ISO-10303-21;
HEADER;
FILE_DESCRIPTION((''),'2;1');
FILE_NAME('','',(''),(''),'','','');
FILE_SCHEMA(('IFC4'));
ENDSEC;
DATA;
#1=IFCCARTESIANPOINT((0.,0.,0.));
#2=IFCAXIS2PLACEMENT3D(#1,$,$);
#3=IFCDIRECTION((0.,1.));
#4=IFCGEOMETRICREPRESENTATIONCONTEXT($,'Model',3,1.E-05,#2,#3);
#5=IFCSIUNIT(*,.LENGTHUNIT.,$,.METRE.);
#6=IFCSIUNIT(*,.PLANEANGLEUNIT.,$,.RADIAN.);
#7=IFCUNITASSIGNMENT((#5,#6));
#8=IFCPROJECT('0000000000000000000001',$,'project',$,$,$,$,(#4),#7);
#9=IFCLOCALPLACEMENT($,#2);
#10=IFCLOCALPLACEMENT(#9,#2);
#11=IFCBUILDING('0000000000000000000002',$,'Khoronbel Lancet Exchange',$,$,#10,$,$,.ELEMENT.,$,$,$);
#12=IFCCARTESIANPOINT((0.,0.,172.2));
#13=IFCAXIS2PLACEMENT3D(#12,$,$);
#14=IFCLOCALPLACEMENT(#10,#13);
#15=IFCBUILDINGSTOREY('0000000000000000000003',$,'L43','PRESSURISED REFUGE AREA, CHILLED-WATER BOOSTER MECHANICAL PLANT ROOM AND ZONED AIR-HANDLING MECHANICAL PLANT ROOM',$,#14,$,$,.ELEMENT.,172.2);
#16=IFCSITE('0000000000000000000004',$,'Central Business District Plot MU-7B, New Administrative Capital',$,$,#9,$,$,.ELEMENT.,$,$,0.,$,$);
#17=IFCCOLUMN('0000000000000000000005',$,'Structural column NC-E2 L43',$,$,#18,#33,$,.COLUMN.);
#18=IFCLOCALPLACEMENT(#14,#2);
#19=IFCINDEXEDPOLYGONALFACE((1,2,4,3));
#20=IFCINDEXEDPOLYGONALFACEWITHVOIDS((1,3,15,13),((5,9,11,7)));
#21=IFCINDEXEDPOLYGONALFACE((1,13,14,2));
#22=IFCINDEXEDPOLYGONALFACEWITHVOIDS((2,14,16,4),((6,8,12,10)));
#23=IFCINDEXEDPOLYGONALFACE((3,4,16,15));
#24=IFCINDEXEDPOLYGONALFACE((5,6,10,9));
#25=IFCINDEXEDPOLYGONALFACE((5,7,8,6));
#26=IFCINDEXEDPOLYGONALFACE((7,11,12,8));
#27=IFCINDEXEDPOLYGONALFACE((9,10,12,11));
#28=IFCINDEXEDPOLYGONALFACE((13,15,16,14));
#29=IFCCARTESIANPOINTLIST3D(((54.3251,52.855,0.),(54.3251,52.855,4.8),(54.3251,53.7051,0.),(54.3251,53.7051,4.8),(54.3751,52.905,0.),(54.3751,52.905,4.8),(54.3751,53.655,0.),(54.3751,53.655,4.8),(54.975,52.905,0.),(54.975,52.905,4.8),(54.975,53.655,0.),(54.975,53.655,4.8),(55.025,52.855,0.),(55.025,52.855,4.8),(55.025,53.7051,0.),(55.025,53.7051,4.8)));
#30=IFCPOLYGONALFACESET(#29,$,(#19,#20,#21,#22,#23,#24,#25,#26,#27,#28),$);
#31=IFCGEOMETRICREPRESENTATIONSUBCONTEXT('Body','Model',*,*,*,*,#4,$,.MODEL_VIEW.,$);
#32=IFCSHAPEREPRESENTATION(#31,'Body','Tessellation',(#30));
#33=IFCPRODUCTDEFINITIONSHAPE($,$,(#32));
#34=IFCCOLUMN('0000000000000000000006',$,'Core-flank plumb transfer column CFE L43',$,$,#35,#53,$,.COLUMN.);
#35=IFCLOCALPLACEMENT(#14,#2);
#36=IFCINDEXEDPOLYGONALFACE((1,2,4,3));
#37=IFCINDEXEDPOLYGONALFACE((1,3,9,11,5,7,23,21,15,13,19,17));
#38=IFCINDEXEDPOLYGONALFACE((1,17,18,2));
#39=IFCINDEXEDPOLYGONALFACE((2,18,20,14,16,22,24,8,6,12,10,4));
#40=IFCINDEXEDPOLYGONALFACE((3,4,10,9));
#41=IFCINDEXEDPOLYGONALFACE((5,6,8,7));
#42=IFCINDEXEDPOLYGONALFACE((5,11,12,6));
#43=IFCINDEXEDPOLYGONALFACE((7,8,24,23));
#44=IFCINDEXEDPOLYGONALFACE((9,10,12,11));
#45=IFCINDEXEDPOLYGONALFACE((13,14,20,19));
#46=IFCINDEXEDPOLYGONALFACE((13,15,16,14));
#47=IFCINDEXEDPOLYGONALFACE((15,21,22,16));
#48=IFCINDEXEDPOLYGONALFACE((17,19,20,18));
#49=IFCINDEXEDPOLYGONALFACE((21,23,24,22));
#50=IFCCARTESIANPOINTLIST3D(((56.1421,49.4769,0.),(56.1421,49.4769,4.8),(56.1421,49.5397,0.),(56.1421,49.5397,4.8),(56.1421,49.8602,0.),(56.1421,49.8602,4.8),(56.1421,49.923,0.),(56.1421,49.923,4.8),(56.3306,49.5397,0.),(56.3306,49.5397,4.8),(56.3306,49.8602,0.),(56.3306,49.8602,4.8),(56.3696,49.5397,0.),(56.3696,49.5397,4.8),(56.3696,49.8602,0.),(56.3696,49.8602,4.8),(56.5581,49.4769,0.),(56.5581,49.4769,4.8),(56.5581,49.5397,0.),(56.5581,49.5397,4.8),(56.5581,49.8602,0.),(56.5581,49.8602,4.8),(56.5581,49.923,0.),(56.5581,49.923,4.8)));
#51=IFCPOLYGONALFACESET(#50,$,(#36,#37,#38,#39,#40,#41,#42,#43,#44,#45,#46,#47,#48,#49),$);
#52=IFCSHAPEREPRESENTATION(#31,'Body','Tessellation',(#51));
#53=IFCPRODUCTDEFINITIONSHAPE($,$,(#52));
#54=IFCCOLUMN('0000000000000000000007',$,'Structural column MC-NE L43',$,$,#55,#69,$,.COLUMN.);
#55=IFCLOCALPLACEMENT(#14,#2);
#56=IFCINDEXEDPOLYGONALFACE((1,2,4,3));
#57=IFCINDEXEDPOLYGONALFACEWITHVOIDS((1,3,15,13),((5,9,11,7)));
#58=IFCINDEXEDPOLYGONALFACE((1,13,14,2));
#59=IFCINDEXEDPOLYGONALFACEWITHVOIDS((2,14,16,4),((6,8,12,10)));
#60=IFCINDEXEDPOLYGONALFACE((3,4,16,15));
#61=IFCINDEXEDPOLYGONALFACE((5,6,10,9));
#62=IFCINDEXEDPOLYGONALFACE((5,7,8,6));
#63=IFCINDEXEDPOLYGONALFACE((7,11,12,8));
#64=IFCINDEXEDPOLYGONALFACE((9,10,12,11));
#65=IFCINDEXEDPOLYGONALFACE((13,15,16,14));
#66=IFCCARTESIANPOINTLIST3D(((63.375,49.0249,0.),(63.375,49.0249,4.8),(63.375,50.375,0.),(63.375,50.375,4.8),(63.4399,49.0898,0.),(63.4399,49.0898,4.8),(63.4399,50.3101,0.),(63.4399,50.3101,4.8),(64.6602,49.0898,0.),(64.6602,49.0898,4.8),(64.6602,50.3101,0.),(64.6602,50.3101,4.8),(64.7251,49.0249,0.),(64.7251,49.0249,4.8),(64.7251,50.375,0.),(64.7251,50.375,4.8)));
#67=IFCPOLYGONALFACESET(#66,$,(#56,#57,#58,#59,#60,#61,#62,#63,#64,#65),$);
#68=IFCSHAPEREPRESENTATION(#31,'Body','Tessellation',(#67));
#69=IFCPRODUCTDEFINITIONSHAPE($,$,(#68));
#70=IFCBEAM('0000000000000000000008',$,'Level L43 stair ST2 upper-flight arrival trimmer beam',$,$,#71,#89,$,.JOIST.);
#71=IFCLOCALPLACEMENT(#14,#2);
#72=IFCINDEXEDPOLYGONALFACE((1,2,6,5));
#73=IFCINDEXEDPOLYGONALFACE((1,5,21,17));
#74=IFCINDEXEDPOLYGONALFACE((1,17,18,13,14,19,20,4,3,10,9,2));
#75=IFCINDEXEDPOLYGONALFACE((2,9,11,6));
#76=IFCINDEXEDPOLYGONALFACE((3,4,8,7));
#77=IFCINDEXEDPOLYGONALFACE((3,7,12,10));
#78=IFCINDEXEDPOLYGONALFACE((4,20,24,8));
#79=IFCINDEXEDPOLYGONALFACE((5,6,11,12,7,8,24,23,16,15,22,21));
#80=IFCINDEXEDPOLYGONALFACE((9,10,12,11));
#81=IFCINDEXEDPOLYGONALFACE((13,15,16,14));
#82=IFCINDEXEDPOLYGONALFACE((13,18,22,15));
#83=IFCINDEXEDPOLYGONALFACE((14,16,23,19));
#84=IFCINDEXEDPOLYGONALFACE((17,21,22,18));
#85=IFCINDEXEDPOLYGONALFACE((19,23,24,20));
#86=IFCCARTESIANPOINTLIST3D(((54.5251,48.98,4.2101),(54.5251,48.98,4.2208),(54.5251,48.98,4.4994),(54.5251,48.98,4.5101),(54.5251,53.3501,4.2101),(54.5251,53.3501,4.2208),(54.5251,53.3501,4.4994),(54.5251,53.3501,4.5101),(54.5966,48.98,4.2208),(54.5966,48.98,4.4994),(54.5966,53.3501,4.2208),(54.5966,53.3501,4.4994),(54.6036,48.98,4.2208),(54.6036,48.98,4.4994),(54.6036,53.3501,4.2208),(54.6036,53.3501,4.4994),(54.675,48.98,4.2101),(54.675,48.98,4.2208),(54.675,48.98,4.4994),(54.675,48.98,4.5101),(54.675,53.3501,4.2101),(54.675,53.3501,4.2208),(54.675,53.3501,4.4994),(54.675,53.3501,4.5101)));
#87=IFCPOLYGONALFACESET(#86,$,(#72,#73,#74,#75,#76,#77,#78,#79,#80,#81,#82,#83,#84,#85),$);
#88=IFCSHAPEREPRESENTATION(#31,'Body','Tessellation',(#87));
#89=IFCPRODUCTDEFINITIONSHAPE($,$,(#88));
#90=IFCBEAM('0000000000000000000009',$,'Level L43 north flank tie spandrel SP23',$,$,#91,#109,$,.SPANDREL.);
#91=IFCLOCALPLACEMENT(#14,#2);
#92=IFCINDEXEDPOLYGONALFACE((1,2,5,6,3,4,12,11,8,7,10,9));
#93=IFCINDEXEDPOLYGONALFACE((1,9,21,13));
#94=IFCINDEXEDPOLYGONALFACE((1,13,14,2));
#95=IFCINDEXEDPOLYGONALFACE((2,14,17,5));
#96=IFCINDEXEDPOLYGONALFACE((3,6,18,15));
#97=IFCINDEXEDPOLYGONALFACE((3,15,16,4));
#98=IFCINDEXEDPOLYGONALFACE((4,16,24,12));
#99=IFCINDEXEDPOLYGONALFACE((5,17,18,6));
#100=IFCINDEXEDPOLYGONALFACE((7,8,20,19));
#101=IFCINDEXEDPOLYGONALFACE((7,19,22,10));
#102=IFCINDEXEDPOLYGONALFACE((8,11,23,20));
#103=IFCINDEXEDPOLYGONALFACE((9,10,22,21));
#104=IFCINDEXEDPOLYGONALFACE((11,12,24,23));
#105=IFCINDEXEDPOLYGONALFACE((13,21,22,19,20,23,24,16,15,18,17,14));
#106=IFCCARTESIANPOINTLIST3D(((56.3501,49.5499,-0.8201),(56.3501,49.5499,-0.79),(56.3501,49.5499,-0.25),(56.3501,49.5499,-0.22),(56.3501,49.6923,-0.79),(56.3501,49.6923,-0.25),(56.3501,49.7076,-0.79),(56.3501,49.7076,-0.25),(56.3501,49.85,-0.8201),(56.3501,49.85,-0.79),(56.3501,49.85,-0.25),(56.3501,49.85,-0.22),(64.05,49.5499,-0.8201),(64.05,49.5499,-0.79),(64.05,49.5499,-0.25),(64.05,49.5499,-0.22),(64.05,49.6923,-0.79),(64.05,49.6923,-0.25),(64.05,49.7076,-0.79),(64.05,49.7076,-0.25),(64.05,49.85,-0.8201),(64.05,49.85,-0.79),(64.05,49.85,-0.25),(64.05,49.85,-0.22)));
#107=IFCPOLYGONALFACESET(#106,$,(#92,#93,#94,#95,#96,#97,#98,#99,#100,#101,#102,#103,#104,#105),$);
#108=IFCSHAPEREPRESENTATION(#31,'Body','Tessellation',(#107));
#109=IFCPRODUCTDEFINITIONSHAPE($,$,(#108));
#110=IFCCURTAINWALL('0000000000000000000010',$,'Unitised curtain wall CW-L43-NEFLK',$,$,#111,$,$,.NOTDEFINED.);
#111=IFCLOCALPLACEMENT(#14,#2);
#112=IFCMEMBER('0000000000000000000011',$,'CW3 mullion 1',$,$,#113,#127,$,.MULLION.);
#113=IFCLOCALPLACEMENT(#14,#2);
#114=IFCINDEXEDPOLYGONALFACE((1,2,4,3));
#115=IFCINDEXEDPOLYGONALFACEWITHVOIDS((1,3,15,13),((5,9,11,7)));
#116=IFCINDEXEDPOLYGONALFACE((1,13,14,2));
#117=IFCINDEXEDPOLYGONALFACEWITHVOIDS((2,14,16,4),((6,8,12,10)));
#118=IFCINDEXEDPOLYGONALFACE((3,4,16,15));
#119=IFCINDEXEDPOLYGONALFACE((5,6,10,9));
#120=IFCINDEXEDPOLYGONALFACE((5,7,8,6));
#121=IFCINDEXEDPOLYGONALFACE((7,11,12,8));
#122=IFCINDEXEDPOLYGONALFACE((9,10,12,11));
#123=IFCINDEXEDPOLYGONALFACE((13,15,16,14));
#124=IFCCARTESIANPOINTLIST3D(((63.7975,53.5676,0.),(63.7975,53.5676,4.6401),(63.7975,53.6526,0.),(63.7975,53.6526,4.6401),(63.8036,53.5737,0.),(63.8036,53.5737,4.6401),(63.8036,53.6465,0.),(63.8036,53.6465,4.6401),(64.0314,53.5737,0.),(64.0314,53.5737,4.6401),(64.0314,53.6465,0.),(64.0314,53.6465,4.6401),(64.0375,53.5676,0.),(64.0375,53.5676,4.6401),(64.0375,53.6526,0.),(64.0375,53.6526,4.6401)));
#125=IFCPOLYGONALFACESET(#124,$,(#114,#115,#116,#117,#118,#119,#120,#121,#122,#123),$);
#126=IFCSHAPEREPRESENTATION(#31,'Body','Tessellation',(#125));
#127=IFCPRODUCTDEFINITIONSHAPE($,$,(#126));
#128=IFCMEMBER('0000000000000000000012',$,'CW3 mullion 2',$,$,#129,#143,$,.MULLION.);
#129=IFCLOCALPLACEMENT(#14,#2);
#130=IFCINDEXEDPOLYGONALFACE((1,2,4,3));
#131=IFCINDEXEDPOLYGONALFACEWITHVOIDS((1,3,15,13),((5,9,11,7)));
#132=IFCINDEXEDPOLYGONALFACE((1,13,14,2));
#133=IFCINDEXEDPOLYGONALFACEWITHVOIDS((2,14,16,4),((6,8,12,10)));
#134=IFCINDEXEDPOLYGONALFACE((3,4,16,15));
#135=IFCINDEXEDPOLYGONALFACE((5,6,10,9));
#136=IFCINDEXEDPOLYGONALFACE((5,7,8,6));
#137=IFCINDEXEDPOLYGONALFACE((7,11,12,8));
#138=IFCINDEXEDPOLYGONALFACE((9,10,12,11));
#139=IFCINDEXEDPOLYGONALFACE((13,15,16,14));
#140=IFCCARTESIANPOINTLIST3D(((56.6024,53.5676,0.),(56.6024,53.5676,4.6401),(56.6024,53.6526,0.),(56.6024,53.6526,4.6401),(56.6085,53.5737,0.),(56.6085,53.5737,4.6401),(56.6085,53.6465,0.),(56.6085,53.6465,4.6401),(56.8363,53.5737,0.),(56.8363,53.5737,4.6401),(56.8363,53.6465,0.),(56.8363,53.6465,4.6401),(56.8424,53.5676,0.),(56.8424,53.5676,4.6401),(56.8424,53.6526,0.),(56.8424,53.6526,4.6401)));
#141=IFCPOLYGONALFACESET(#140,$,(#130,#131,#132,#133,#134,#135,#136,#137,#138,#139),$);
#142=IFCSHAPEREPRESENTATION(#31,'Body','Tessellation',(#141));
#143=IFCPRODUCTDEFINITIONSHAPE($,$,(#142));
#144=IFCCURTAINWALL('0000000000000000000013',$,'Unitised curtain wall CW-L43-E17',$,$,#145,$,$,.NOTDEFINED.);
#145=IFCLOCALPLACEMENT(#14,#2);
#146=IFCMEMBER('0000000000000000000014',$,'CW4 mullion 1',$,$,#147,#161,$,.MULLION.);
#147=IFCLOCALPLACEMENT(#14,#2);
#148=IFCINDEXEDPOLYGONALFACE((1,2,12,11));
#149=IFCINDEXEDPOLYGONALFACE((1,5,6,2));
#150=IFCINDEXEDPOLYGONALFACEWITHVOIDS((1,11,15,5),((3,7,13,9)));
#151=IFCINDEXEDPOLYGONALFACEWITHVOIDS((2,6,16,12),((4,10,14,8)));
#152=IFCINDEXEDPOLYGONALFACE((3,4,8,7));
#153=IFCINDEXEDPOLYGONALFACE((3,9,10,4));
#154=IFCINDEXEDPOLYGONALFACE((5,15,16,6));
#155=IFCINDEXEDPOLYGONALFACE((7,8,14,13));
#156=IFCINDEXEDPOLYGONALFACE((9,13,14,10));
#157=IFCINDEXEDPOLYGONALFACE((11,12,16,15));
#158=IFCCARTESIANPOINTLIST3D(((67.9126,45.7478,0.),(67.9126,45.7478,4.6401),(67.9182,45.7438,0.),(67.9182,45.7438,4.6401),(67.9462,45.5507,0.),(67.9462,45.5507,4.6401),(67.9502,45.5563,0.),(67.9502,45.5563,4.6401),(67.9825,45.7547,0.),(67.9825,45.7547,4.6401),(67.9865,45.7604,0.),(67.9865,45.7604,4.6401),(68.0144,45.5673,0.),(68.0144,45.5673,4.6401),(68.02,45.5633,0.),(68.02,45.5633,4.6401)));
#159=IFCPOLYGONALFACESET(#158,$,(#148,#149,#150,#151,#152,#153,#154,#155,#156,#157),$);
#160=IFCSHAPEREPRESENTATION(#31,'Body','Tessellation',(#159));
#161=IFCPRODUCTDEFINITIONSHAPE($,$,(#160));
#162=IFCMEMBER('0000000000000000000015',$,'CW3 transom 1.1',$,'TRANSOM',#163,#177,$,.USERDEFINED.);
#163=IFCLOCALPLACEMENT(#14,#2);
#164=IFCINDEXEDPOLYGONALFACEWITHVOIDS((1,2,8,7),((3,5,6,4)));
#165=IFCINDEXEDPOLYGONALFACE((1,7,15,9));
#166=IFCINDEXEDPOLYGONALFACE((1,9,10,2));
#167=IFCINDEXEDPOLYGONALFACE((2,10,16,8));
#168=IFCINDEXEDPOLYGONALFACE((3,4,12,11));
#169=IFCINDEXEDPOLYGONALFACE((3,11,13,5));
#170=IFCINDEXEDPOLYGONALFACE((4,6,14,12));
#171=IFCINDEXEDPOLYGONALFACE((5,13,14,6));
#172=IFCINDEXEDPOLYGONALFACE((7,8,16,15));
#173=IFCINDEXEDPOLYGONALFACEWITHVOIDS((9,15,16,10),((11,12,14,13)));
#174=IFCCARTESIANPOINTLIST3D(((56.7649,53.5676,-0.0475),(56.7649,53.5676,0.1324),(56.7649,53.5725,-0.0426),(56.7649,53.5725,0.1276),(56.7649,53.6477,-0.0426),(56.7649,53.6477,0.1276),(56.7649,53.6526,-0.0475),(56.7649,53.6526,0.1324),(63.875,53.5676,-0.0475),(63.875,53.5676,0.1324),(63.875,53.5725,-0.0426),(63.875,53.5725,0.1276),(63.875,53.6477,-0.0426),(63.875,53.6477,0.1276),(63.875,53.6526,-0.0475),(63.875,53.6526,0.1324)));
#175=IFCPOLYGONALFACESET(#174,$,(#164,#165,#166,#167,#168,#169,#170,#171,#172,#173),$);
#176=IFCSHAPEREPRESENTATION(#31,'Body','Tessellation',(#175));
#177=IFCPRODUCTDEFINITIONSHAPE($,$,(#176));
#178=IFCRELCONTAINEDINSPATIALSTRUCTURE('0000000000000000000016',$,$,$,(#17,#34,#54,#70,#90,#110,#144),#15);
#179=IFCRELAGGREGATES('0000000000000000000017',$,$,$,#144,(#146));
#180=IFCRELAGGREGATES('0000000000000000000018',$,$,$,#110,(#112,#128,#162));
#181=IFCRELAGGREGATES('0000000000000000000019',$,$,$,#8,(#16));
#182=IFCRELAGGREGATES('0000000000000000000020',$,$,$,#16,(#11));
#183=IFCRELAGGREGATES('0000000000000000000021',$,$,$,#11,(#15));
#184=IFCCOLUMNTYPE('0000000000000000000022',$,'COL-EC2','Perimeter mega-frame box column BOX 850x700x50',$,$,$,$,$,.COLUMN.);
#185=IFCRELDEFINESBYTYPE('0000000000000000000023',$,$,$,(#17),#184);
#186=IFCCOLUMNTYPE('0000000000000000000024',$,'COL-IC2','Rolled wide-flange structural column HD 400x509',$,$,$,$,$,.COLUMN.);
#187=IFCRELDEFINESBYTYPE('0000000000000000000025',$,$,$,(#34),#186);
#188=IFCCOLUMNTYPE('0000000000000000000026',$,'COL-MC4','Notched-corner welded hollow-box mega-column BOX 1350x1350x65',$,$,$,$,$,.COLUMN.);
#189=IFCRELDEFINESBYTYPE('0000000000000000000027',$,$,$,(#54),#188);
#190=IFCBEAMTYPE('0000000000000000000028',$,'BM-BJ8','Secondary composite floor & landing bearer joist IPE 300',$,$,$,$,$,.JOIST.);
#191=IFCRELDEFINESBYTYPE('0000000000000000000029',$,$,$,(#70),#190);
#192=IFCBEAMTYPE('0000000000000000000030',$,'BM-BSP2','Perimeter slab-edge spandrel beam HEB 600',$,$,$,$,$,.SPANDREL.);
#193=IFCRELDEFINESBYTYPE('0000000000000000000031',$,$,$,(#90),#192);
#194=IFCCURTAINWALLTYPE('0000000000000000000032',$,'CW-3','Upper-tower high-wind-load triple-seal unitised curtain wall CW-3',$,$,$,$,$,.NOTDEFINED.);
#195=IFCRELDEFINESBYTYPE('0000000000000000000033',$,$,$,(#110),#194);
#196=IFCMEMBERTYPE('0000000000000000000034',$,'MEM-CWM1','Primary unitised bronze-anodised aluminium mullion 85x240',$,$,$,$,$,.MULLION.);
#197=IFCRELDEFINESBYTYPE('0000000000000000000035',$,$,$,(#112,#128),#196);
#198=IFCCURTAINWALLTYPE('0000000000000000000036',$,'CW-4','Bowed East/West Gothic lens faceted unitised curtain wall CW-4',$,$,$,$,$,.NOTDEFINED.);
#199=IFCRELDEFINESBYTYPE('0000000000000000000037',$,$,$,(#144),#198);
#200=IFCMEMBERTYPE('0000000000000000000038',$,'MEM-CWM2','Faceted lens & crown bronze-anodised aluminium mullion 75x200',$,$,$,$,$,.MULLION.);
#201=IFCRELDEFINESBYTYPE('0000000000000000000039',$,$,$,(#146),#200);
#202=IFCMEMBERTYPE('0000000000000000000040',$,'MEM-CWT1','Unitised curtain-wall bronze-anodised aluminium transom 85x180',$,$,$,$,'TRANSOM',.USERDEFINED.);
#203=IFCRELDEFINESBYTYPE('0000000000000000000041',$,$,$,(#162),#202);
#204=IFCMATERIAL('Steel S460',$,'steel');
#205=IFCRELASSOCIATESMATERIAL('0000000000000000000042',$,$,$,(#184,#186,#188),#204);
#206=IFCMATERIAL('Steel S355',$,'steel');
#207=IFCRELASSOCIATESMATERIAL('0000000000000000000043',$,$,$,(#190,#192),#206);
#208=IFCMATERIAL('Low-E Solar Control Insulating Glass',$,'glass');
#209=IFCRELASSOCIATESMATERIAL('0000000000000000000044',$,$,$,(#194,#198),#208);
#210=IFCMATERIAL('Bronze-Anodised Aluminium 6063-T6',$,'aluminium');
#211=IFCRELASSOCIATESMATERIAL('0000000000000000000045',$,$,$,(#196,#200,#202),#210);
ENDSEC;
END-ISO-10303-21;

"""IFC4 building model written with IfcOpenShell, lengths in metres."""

from ifc_helpers import new_model, si_unit, direction, frame, origin, origin_2d, place, context, subcontext, project, spatial, hollow_rectangle, i_section, extrude, material, material_profile, profile_set, type_object, element, aggregate, save


model = new_model("IFC4")

# Units and contexts
model_context = context("Model", 3, precision=1e-05, world=origin(), true_north=direction((0.0, 1.0)))
body_context = subcontext(model_context, "Body", "Model", "MODEL_VIEW")
ifc_project = project(units=[si_unit("LENGTHUNIT", "METRE"), si_unit("PLANEANGLEUNIT", "RADIAN")], contexts=[model_context])

# Site, building, storey
site_placement = place(None, origin())
site = spatial("IfcSite", under=ifc_project, at=site_placement, Name="Central Business District Plot MU-7B, New Administrative Capital", CompositionType="ELEMENT", RefElevation=0.0)
building_placement = place(site_placement, origin())
building = spatial("IfcBuilding", under=site, at=building_placement, Name="Khoronbel Lancet Exchange", CompositionType="ELEMENT")
storey_placement = place(building_placement, frame((0.0, 0.0, 172.2)))
storey = spatial("IfcBuildingStorey", under=building, at=storey_placement, Name="L43", Description="PRESSURISED REFUGE AREA, CHILLED-WATER BOOSTER MECHANICAL PLANT ROOM AND ZONED AIR-HANDLING MECHANICAL PLANT ROOM", CompositionType="ELEMENT", Elevation=172.2)

# Columns
ifc_material_1 = material(Name="Steel S460", Category="steel")
ifc_material_profile_1 = material_profile(ifc_material_1, hollow_rectangle(XDim=0.7, YDim=0.8501, WallThickness=0.05, at=origin_2d()), Name="BOX 850x700x50")
ifc_profile_set_1 = profile_set([ifc_material_profile_1], Name="Steel S460")
column_type_1 = type_object("IfcColumnType", Name="COL-EC2", Description="Perimeter mega-frame box column BOX 850x700x50", PredefinedType="COLUMN", material=ifc_profile_set_1)
column_1_placement = place(storey_placement, frame((54.675, 53.28, 0.0), z_axis=(0.0, 0.0, 1.0), x_axis=(1.0, 0.0, 0.0)))
element("IfcColumn", 1, at=column_1_placement, inside=storey, type_object=column_type_1, Name="Structural column NC-E2 L43", PredefinedType="COLUMN", context=body_context, shape_type="SweptSolid", body=[
    extrude(hollow_rectangle(XDim=0.7, YDim=0.8501, WallThickness=0.05, at=origin_2d()), origin(), (0.0, 0.0, 1.0), 4.8),
])
ifc_material_profile_2 = material_profile(ifc_material_1, i_section(OverallWidth=0.416, OverallDepth=0.446, WebThickness=0.0391, FlangeThickness=0.0627, at=origin_2d()), Name="HD 400x509")
ifc_profile_set_2 = profile_set([ifc_material_profile_2], Name="Steel S460")
column_type_2 = type_object("IfcColumnType", Name="COL-IC2", Description="Rolled wide-flange structural column HD 400x509", PredefinedType="COLUMN", material=ifc_profile_set_2)
column_2_placement = place(storey_placement, frame((56.3501, 49.7, 0.0), z_axis=(0.0, 0.0, 1.0), x_axis=(1.0, 0.0, 0.0)))
element("IfcColumn", 2, at=column_2_placement, inside=storey, type_object=column_type_2, Name="Core-flank plumb transfer column CFE L43", PredefinedType="COLUMN", context=body_context, shape_type="SweptSolid", body=[
    extrude(i_section(OverallWidth=0.416, OverallDepth=0.446, WebThickness=0.0391, FlangeThickness=0.0627, at=origin_2d()), origin(), (0.0, 0.0, 1.0), 4.8),
])
ifc_material_profile_3 = material_profile(ifc_material_1, hollow_rectangle(XDim=1.3501, YDim=1.3501, WallThickness=0.0649, at=origin_2d()), Name="BOX 1350x1350x65")
ifc_profile_set_3 = profile_set([ifc_material_profile_3], Name="Steel S460")
column_type_3 = type_object("IfcColumnType", Name="COL-MC4", Description="Notched-corner welded hollow-box mega-column BOX 1350x1350x65", PredefinedType="COLUMN", material=ifc_profile_set_3)
column_3_placement = place(storey_placement, frame((64.05, 49.7, 0.0), z_axis=(0.0, 0.0, 1.0), x_axis=(1.0, 0.0, 0.0)))
element("IfcColumn", 3, at=column_3_placement, inside=storey, type_object=column_type_3, Name="Structural column MC-NE L43", PredefinedType="COLUMN", context=body_context, shape_type="SweptSolid", body=[
    extrude(hollow_rectangle(XDim=1.3501, YDim=1.3501, WallThickness=0.0649, at=origin_2d()), origin(), (0.0, 0.0, 1.0), 4.8),
])

# Beams
ifc_material_2 = material(Name="Steel S355", Category="steel")
ifc_material_profile_4 = material_profile(ifc_material_2, i_section(OverallWidth=0.1499, OverallDepth=0.3, WebThickness=0.0071, FlangeThickness=0.0107, at=origin_2d()), Name="IPE 300")
ifc_profile_set_4 = profile_set([ifc_material_profile_4], Name="Steel S355")
beam_type_1 = type_object("IfcBeamType", Name="BM-BJ8", Description="Secondary composite floor & landing bearer joist IPE 300", PredefinedType="JOIST", material=ifc_profile_set_4)
beam_1_placement = place(storey_placement, frame((54.6001, 48.98, 4.3601), z_axis=(0.0, 1.0, 0.0), x_axis=(-1.0, 0.0, 0.0)))
element("IfcBeam", 4, at=beam_1_placement, inside=storey, type_object=beam_type_1, Name="Level L43 stair ST2 upper-flight arrival trimmer beam", PredefinedType="JOIST", context=body_context, shape_type="SweptSolid", body=[
    extrude(i_section(OverallWidth=0.1499, OverallDepth=0.3, WebThickness=0.0071, FlangeThickness=0.0107, at=origin_2d()), origin(), (0.0, 0.0, 1.0), 4.3701),
])
ifc_material_profile_5 = material_profile(ifc_material_2, i_section(OverallWidth=0.3, OverallDepth=0.6001, WebThickness=0.0154, FlangeThickness=0.03, at=origin_2d()), Name="HEB 600")
ifc_profile_set_5 = profile_set([ifc_material_profile_5], Name="Steel S355")
beam_type_2 = type_object("IfcBeamType", Name="BM-BSP2", Description="Perimeter slab-edge spandrel beam HEB 600", PredefinedType="SPANDREL", material=ifc_profile_set_5)
beam_2_placement = place(storey_placement, frame((64.05, 49.7, -0.52), z_axis=(-1.0, 0.0, 0.0), x_axis=(0.0, -1.0, 0.0)))
element("IfcBeam", 5, at=beam_2_placement, inside=storey, type_object=beam_type_2, Name="Level L43 north flank tie spandrel SP23", PredefinedType="SPANDREL", context=body_context, shape_type="SweptSolid", body=[
    extrude(i_section(OverallWidth=0.3, OverallDepth=0.6001, WebThickness=0.0154, FlangeThickness=0.03, at=origin_2d()), origin(), (0.0, 0.0, 1.0), 7.7),
])

# Curtain wall, members
ifc_material_3 = material(Name="Low-E Solar Control Insulating Glass", Category="glass")
curtain_wall_type_1 = type_object("IfcCurtainWallType", Name="CW-3", Description="Upper-tower high-wind-load triple-seal unitised curtain wall CW-3", PredefinedType="NOTDEFINED", material=ifc_material_3)
curtain_wall_1_placement = place(storey_placement, origin())
curtain_wall_1 = element("IfcCurtainWall", 6, at=curtain_wall_1_placement, inside=storey, type_object=curtain_wall_type_1, Name="Unitised curtain wall CW-L43-NEFLK", PredefinedType="NOTDEFINED")
ifc_material_4 = material(Name="Bronze-Anodised Aluminium 6063-T6", Category="aluminium")
ifc_material_profile_6 = material_profile(ifc_material_4, hollow_rectangle(XDim=0.085, YDim=0.24, WallThickness=0.0061, at=origin_2d()), Name="ALU MULLION 85x240")
ifc_profile_set_6 = profile_set([ifc_material_profile_6], Name="Bronze-Anodised Aluminium 6063-T6")
member_type_1 = type_object("IfcMemberType", Name="MEM-CWM1", Description="Primary unitised bronze-anodised aluminium mullion 85x240", PredefinedType="MULLION", material=ifc_profile_set_6)
member_1_placement = place(storey_placement, frame((63.9175, 53.6101, 0.0), z_axis=(0.0, 0.0, 1.0), x_axis=(0.0, -1.0, 0.0)))
member_1 = element("IfcMember", 7, at=member_1_placement, type_object=member_type_1, Name="CW3 mullion 1", PredefinedType="MULLION", context=body_context, shape_type="SweptSolid", body=[
    extrude(hollow_rectangle(XDim=0.085, YDim=0.24, WallThickness=0.0061, at=origin_2d()), origin(), (0.0, 0.0, 1.0), 4.6401),
])
member_2_placement = place(storey_placement, frame((56.7224, 53.6101, 0.0), z_axis=(0.0, 0.0, 1.0), x_axis=(0.0, -1.0, 0.0)))
member_2 = element("IfcMember", 8, at=member_2_placement, type_object=member_type_1, Name="CW3 mullion 2", PredefinedType="MULLION", context=body_context, shape_type="SweptSolid", body=[
    extrude(hollow_rectangle(XDim=0.085, YDim=0.24, WallThickness=0.0061, at=origin_2d()), origin(), (0.0, 0.0, 1.0), 4.6401),
])

# Curtain wall, member
curtain_wall_type_2 = type_object("IfcCurtainWallType", Name="CW-4", Description="Bowed East/West Gothic lens faceted unitised curtain wall CW-4", PredefinedType="NOTDEFINED", material=ifc_material_3)
curtain_wall_2_placement = place(storey_placement, origin())
curtain_wall_2 = element("IfcCurtainWall", 9, at=curtain_wall_2_placement, inside=storey, type_object=curtain_wall_type_2, Name="Unitised curtain wall CW-L43-E17", PredefinedType="NOTDEFINED")
ifc_material_profile_7 = material_profile(ifc_material_4, hollow_rectangle(XDim=0.075, YDim=0.2, WallThickness=0.0049, at=origin_2d()), Name="ALU MULLION 75x200")
ifc_profile_set_7 = profile_set([ifc_material_profile_7], Name="Bronze-Anodised Aluminium 6063-T6")
member_type_2 = type_object("IfcMemberType", Name="MEM-CWM2", Description="Faceted lens & crown bronze-anodised aluminium mullion 75x200", PredefinedType="MULLION", material=ifc_profile_set_7)
member_3_placement = place(storey_placement, frame((67.9663, 45.6555, 0.0), z_axis=(0.0, 0.0, 1.0), x_axis=(0.985785, 0.168009, 0.0)))
member_3 = element("IfcMember", 10, at=member_3_placement, type_object=member_type_2, Name="CW4 mullion 1", PredefinedType="MULLION", context=body_context, shape_type="SweptSolid", body=[
    extrude(hollow_rectangle(XDim=0.075, YDim=0.2, WallThickness=0.0049, at=origin_2d()), origin(), (0.0, 0.0, 1.0), 4.6401),
])

# Member
ifc_material_profile_8 = material_profile(ifc_material_4, hollow_rectangle(XDim=0.085, YDim=0.1799, WallThickness=0.0049, at=origin_2d()), Name="ALU TRANSOM 85x180")
ifc_profile_set_8 = profile_set([ifc_material_profile_8], Name="Bronze-Anodised Aluminium 6063-T6")
member_type_3 = type_object("IfcMemberType", Name="MEM-CWT1", Description="Unitised curtain-wall bronze-anodised aluminium transom 85x180", ElementType="TRANSOM", PredefinedType="USERDEFINED", material=ifc_profile_set_8)
member_4_placement = place(storey_placement, frame((63.875, 53.6101, 0.0425), z_axis=(-1.0, 0.0, 0.0), x_axis=(0.0, -1.0, 0.0)))
member_4 = element("IfcMember", 11, at=member_4_placement, type_object=member_type_3, Name="CW3 transom 1.1", ObjectType="TRANSOM", PredefinedType="USERDEFINED", context=body_context, shape_type="SweptSolid", body=[
    extrude(hollow_rectangle(XDim=0.085, YDim=0.1799, WallThickness=0.0049, at=origin_2d()), origin(), (0.0, 0.0, 1.0), 7.1101),
])
aggregate(curtain_wall_2, [member_3])

aggregate(curtain_wall_1, [member_1, member_2, member_4])

save(model, "model.ifc")
